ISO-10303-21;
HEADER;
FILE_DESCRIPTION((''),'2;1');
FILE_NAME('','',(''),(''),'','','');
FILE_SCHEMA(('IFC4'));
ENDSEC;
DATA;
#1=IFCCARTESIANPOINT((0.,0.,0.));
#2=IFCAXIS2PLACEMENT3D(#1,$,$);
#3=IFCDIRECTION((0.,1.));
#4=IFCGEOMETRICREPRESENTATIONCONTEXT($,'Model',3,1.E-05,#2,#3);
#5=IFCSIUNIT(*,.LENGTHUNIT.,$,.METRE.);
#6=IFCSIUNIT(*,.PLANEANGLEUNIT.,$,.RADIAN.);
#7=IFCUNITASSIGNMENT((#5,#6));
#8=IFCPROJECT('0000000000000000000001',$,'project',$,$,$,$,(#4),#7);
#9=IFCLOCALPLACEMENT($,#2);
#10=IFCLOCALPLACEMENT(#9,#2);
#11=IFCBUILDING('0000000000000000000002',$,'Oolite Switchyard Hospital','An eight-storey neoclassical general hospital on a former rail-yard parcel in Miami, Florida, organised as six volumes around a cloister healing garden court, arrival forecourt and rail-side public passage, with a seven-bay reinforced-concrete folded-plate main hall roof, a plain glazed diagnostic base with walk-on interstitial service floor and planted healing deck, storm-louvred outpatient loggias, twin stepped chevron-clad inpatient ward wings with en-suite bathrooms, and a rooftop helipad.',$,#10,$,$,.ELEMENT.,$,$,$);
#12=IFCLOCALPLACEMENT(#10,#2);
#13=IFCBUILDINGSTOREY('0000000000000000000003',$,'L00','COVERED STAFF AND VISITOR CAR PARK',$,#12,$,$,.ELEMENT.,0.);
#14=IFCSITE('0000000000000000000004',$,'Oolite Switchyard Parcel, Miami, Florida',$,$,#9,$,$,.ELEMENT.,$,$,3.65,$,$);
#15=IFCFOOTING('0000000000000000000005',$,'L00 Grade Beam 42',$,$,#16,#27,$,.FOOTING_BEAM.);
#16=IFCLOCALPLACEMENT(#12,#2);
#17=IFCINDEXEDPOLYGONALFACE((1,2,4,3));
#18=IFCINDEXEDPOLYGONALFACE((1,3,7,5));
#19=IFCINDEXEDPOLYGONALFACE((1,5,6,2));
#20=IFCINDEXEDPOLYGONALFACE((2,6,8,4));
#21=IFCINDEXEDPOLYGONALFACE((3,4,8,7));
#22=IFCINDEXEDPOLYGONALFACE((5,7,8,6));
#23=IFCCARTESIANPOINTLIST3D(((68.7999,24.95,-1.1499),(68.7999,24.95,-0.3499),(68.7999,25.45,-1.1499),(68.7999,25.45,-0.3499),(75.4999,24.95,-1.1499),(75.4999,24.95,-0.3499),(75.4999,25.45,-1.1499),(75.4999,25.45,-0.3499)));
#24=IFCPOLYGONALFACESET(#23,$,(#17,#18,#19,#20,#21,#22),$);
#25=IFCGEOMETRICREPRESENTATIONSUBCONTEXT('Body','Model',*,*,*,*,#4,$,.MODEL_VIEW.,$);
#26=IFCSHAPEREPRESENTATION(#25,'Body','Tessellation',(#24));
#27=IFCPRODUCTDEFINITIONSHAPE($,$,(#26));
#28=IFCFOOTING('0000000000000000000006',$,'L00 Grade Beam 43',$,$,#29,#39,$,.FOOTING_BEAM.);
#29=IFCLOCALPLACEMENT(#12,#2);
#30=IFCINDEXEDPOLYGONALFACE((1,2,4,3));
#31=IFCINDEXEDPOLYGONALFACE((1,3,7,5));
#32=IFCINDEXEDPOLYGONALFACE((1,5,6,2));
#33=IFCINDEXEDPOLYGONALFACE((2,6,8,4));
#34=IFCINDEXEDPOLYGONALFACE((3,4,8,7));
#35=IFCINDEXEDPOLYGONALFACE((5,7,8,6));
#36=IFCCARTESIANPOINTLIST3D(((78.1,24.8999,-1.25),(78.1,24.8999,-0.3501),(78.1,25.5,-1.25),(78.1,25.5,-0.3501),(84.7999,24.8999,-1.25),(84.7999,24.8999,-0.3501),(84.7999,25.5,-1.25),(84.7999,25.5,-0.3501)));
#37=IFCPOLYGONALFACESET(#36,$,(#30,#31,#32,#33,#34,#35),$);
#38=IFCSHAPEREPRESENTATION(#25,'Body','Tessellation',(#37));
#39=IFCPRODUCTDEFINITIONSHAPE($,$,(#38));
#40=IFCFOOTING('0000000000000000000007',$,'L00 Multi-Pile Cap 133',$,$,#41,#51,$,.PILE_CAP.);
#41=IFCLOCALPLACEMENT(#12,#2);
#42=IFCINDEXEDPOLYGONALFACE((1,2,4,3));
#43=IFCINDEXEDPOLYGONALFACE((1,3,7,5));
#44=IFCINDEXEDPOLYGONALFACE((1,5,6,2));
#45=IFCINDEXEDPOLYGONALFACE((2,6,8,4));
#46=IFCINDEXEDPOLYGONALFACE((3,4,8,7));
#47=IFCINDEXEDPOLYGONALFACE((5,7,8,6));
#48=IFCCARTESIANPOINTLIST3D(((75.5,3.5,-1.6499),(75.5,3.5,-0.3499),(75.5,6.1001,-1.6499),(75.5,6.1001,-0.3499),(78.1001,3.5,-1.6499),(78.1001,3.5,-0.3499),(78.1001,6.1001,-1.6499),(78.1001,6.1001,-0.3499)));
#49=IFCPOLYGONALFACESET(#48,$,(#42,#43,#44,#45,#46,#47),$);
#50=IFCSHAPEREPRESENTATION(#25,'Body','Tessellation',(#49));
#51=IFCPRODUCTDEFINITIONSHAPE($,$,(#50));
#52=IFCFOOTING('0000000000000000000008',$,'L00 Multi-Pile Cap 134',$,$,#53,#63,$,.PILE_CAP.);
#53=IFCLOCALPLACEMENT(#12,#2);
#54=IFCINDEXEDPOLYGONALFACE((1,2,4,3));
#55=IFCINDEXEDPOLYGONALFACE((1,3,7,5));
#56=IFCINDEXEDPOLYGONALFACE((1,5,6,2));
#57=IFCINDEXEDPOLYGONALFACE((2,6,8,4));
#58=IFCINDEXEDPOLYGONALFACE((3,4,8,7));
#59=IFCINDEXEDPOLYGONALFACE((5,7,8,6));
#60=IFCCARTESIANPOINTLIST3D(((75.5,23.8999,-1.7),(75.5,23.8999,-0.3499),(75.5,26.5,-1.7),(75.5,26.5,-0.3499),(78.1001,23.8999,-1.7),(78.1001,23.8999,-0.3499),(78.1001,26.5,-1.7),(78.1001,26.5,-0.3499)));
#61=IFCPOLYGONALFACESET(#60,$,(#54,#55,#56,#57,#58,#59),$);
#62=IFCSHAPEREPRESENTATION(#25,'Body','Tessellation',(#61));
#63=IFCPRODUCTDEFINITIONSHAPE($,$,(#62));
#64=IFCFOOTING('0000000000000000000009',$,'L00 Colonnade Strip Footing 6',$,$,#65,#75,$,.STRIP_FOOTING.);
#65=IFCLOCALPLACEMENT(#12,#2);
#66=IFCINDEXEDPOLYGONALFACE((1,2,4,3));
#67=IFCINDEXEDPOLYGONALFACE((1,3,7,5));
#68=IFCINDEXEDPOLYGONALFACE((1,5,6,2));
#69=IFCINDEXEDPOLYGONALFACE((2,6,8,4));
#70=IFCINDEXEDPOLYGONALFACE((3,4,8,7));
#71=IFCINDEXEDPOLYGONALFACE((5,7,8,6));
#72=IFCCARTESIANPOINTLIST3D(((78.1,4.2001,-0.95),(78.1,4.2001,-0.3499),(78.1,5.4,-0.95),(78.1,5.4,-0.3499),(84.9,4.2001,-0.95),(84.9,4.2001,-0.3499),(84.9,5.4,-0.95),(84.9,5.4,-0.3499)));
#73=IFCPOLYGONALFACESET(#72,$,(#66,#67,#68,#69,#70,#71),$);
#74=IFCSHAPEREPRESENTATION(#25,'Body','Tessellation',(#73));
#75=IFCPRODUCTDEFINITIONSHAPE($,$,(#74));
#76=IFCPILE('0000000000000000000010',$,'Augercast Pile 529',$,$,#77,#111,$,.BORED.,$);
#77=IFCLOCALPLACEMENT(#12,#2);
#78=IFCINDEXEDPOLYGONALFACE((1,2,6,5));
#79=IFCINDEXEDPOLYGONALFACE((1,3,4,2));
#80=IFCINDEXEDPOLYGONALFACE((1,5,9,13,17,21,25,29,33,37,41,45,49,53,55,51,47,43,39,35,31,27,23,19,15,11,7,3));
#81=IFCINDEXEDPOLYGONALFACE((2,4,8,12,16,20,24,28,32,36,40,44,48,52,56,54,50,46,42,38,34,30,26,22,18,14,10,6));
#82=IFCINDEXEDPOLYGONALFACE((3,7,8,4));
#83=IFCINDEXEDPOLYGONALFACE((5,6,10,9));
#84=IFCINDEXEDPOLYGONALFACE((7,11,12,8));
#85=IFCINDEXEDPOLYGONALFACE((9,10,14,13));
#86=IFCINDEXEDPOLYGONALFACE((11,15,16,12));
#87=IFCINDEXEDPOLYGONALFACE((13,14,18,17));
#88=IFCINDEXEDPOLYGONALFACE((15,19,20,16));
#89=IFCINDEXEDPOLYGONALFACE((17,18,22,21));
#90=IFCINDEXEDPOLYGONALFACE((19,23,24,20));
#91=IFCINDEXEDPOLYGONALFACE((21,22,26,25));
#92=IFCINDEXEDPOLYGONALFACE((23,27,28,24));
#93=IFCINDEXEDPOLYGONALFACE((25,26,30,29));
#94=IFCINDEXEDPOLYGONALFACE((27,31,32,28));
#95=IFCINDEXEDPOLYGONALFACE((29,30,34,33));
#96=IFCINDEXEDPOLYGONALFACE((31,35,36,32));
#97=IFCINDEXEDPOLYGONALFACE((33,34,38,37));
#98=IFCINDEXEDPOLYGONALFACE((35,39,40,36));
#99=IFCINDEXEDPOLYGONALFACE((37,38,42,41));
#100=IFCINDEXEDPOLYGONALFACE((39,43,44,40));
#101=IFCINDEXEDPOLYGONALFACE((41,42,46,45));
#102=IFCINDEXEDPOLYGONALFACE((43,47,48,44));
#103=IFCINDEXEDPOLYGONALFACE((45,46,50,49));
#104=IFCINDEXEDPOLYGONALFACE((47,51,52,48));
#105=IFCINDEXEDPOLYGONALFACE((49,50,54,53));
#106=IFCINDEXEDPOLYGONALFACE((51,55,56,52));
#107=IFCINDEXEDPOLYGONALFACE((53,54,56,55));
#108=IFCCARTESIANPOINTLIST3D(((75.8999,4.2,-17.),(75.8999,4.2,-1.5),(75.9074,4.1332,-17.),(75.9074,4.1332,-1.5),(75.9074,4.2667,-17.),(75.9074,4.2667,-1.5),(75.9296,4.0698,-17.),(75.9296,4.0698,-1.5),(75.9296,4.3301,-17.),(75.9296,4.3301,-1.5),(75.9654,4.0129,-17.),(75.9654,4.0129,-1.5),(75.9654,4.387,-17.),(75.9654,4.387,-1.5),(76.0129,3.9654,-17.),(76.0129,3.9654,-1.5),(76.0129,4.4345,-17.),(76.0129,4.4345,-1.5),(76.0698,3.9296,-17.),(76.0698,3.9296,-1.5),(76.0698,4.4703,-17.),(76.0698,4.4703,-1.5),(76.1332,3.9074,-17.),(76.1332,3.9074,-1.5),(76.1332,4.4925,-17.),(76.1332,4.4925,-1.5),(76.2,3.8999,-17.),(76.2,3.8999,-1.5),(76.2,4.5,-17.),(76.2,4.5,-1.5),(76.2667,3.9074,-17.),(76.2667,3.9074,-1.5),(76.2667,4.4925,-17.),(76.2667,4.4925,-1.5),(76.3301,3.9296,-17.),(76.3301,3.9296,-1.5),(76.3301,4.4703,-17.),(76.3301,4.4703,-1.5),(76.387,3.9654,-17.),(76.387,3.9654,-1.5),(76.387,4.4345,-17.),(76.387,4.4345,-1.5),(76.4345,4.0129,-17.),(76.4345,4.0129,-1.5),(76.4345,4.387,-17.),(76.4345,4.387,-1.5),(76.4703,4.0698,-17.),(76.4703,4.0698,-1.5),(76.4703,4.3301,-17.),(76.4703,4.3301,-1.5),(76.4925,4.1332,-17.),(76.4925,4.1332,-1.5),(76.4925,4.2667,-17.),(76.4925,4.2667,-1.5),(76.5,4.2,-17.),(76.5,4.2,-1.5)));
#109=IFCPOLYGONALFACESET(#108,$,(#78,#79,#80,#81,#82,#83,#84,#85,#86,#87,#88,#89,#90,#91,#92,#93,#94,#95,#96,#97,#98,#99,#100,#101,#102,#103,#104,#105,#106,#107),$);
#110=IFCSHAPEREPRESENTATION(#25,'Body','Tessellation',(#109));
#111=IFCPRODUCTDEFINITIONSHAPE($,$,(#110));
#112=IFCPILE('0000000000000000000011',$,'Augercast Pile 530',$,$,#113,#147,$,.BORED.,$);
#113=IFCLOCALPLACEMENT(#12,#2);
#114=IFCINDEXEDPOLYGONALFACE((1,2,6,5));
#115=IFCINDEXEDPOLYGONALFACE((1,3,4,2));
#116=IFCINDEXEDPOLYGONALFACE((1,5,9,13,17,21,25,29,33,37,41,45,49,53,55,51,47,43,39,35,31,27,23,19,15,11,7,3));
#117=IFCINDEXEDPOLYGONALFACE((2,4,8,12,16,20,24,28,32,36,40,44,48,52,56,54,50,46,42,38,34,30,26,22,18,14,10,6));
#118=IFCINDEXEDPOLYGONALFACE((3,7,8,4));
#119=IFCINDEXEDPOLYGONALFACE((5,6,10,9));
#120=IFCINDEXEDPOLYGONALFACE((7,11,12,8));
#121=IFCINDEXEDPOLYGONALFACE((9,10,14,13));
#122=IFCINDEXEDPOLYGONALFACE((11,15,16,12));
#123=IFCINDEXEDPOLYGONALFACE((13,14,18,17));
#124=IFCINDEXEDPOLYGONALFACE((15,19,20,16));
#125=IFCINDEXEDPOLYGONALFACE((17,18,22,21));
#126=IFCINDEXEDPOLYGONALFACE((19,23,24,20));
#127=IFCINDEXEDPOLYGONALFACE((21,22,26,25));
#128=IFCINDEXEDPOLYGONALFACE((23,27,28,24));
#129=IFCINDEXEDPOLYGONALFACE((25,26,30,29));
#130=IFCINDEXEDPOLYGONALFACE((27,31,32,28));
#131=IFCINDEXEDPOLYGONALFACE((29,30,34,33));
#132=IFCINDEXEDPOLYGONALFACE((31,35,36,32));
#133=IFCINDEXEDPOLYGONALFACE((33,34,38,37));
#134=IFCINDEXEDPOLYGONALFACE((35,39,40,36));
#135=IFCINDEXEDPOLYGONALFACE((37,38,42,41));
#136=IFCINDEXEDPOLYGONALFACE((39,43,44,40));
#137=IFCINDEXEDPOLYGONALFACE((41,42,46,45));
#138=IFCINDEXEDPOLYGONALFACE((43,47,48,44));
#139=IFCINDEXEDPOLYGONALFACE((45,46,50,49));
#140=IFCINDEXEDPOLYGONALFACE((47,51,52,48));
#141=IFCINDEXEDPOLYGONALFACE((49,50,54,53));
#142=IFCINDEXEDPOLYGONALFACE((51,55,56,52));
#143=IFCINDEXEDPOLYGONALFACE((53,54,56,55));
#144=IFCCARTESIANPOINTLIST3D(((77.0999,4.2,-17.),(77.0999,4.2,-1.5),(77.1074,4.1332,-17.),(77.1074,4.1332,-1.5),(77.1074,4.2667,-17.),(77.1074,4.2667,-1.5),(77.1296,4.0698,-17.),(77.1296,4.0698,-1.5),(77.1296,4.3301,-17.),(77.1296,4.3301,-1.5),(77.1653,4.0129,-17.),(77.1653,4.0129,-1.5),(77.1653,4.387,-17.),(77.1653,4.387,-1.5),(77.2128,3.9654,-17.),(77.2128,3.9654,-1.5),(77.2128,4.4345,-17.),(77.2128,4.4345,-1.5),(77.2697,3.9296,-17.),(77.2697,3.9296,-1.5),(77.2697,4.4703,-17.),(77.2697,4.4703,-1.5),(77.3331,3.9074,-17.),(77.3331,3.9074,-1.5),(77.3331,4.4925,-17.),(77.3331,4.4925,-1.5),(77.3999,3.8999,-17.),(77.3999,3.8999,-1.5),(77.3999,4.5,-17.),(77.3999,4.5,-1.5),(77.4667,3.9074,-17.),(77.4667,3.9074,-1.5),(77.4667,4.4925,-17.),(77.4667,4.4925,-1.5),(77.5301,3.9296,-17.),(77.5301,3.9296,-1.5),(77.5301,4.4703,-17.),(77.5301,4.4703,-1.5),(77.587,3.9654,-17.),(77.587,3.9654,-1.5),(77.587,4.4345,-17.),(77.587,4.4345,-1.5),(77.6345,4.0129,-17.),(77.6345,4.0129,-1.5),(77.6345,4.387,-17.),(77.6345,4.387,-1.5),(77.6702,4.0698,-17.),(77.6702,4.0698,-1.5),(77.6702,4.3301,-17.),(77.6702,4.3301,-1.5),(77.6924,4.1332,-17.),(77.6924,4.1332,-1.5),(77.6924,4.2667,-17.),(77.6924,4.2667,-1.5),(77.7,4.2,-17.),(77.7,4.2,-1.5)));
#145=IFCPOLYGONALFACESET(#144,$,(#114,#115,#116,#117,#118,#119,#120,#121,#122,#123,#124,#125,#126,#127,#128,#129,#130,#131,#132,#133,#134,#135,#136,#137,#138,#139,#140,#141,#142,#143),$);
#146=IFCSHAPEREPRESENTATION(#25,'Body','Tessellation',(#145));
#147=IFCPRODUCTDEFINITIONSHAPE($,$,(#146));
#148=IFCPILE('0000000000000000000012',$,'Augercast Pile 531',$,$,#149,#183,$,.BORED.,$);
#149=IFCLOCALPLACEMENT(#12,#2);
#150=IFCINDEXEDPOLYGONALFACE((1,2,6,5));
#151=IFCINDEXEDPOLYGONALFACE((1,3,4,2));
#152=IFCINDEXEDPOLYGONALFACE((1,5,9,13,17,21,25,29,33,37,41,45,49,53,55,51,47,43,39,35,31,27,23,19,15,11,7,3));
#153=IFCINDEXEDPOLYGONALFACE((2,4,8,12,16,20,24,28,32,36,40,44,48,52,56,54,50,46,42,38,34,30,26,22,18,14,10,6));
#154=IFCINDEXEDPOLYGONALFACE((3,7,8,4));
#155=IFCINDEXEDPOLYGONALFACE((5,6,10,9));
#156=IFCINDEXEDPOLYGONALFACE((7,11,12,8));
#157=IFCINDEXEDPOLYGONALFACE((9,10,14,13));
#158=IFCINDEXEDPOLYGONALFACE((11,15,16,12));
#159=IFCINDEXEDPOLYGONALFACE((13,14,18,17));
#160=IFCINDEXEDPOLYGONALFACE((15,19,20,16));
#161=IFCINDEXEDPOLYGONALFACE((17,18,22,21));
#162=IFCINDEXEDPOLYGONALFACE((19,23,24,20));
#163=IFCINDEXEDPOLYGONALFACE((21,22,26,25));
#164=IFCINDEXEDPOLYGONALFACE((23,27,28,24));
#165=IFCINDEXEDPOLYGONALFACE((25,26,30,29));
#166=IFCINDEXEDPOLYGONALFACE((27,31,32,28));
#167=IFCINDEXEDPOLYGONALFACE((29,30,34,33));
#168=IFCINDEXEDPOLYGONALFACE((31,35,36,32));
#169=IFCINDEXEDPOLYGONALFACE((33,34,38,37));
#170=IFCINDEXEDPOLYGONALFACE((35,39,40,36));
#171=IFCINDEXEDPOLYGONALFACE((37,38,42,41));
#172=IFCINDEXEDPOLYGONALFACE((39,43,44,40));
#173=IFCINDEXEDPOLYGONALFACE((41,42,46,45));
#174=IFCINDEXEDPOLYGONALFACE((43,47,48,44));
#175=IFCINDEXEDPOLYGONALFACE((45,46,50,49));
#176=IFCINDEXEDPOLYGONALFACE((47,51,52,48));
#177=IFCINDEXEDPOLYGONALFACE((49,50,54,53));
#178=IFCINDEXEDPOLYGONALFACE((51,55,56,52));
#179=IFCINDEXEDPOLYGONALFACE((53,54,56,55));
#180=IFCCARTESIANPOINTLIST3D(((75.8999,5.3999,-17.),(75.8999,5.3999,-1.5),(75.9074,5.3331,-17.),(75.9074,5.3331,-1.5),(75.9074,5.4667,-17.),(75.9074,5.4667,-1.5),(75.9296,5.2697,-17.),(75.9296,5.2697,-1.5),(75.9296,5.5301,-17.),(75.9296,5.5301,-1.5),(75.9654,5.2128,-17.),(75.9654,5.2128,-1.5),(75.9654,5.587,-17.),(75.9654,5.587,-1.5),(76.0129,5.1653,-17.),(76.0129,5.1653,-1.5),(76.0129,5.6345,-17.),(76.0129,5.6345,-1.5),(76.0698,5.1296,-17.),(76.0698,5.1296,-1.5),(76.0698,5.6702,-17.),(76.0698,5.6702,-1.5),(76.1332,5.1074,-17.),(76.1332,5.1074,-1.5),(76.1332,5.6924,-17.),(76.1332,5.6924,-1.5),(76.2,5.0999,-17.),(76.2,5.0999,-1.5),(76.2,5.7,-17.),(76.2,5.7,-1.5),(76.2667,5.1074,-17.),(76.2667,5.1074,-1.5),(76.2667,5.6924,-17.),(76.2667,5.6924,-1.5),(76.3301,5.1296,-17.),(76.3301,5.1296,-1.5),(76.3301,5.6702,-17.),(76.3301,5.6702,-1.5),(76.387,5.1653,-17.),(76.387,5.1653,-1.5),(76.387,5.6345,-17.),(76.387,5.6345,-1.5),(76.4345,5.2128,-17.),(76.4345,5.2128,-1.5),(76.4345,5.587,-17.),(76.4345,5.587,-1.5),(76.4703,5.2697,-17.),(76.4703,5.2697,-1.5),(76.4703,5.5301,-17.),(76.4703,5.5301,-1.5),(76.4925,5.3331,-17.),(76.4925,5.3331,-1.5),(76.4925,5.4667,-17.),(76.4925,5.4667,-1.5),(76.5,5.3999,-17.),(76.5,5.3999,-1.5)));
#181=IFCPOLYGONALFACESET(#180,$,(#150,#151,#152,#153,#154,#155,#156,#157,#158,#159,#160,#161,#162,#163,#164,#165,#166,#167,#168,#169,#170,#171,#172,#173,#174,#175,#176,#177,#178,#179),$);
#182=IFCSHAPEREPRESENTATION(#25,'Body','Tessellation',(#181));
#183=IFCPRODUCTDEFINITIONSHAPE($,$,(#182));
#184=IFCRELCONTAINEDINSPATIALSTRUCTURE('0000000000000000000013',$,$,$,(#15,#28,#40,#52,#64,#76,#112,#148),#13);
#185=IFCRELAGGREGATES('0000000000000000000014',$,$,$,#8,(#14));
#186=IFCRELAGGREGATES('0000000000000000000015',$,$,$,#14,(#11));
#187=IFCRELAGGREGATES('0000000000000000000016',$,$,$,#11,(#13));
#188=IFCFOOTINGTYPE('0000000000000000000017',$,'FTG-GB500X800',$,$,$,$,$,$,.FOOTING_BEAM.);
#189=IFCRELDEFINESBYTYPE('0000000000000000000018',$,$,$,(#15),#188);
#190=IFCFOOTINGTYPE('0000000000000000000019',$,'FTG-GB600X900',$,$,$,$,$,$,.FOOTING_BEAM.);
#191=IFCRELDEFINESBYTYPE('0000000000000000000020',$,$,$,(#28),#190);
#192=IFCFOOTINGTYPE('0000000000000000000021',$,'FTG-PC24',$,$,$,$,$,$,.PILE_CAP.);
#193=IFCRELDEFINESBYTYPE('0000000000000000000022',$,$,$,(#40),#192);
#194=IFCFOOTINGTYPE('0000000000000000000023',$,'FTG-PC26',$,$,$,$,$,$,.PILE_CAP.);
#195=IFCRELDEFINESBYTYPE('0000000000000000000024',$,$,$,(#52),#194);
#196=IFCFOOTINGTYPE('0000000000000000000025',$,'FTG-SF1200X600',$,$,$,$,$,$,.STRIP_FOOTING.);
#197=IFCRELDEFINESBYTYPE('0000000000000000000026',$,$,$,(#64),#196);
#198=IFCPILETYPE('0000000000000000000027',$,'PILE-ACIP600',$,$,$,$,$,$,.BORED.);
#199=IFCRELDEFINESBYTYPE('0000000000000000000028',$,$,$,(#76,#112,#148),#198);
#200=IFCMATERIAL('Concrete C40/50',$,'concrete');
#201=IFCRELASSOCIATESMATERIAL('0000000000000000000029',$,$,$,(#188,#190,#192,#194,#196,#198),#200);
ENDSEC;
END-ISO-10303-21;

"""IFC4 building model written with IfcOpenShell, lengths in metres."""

from ifc_helpers import new_model, si_unit, direction, frame, origin, origin_2d, place, context, subcontext, project, spatial, rectangle, circle, extrude, material, material_profile, profile_set, type_object, element, save


model = new_model("IFC4")

# Units and contexts
model_context = context("Model", 3, precision=1e-05, world=origin(), true_north=direction((0.0, 1.0)))
body_context = subcontext(model_context, "Body", "Model", "MODEL_VIEW")
ifc_project = project(units=[si_unit("LENGTHUNIT", "METRE"), si_unit("PLANEANGLEUNIT", "RADIAN")], contexts=[model_context])

# Site, building, storey
site_placement = place(None, origin())
site = spatial("IfcSite", under=ifc_project, at=site_placement, Name="Oolite Switchyard Parcel, Miami, Florida", CompositionType="ELEMENT", RefElevation=3.65)
building_placement = place(site_placement, origin())
building = spatial("IfcBuilding", under=site, at=building_placement, Name="Oolite Switchyard Hospital", Description="An eight-storey neoclassical general hospital on a former rail-yard parcel in Miami, Florida, organised as six volumes around a cloister healing garden court, arrival forecourt and rail-side public passage, with a seven-bay reinforced-concrete folded-plate main hall roof, a plain glazed diagnostic base with walk-on interstitial service floor and planted healing deck, storm-louvred outpatient loggias, twin stepped chevron-clad inpatient ward wings with en-suite bathrooms, and a rooftop helipad.", CompositionType="ELEMENT")
storey_placement = place(building_placement, origin())
storey = spatial("IfcBuildingStorey", under=building, at=storey_placement, Name="L00", Description="COVERED STAFF AND VISITOR CAR PARK", CompositionType="ELEMENT", Elevation=0.0)

# Footings
ifc_material_1 = material(Name="Concrete C40/50", Category="concrete")
footing_type_1 = type_object("IfcFootingType", Name="FTG-GB500X800", PredefinedType="FOOTING_BEAM", material=ifc_material_1)
footing_1_placement = place(storey_placement, frame((72.1499, 25.2, -1.1499), z_axis=(0.0, 0.0, 1.0), x_axis=(1.0, 0.0, 0.0)))
element("IfcFooting", 1, at=footing_1_placement, inside=storey, type_object=footing_type_1, Name="L00 Grade Beam 42", PredefinedType="FOOTING_BEAM", context=body_context, shape_type="SweptSolid", body=[
    extrude(rectangle(XDim=6.7, YDim=0.5, at=origin_2d()), origin(), (0.0, 0.0, 1.0), 0.8),
])
footing_type_2 = type_object("IfcFootingType", Name="FTG-GB600X900", PredefinedType="FOOTING_BEAM", material=ifc_material_1)
footing_2_placement = place(storey_placement, frame((81.45, 25.2, -1.25), z_axis=(0.0, 0.0, 1.0), x_axis=(1.0, 0.0, 0.0)))
element("IfcFooting", 2, at=footing_2_placement, inside=storey, type_object=footing_type_2, Name="L00 Grade Beam 43", PredefinedType="FOOTING_BEAM", context=body_context, shape_type="SweptSolid", body=[
    extrude(rectangle(XDim=6.7, YDim=0.6001, at=origin_2d()), origin(), (0.0, 0.0, 1.0), 0.8999),
])
footing_type_3 = type_object("IfcFootingType", Name="FTG-PC24", PredefinedType="PILE_CAP", material=ifc_material_1)
footing_3_placement = place(storey_placement, frame((76.8, 4.8, -1.6499), z_axis=(0.0, 0.0, 1.0), x_axis=(1.0, 0.0, 0.0)))
element("IfcFooting", 3, at=footing_3_placement, inside=storey, type_object=footing_type_3, Name="L00 Multi-Pile Cap 133", PredefinedType="PILE_CAP", context=body_context, shape_type="SweptSolid", body=[
    extrude(rectangle(XDim=2.6001, YDim=2.6001, at=origin_2d()), origin(), (0.0, 0.0, 1.0), 1.3),
])
footing_type_4 = type_object("IfcFootingType", Name="FTG-PC26", PredefinedType="PILE_CAP", material=ifc_material_1)
footing_4_placement = place(storey_placement, frame((76.8, 25.2, -1.7), z_axis=(0.0, 0.0, 1.0), x_axis=(1.0, 0.0, 0.0)))
element("IfcFooting", 4, at=footing_4_placement, inside=storey, type_object=footing_type_4, Name="L00 Multi-Pile Cap 134", PredefinedType="PILE_CAP", context=body_context, shape_type="SweptSolid", body=[
    extrude(rectangle(XDim=2.6001, YDim=2.6001, at=origin_2d()), origin(), (0.0, 0.0, 1.0), 1.3501),
])
footing_type_5 = type_object("IfcFootingType", Name="FTG-SF1200X600", PredefinedType="STRIP_FOOTING", material=ifc_material_1)
footing_5_placement = place(storey_placement, frame((81.5, 4.8, -0.95), z_axis=(0.0, 0.0, 1.0), x_axis=(1.0, 0.0, 0.0)))
element("IfcFooting", 5, at=footing_5_placement, inside=storey, type_object=footing_type_5, Name="L00 Colonnade Strip Footing 6", PredefinedType="STRIP_FOOTING", context=body_context, shape_type="SweptSolid", body=[
    extrude(rectangle(XDim=6.8, YDim=1.2, at=origin_2d()), origin(), (0.0, 0.0, 1.0), 0.6001),
])

# Piles
ifc_material_profile_1 = material_profile(ifc_material_1, circle(Radius=0.3, at=origin_2d()), Name="PILE600")
ifc_profile_set_1 = profile_set([ifc_material_profile_1], Name="Concrete C40/50")
pile_type = type_object("IfcPileType", Name="PILE-ACIP600", PredefinedType="BORED", material=ifc_profile_set_1)
for number, where, z_axis, x_axis, name in (
    (6, (76.2, 4.2, -1.5), (0.0, 0.0, -1.0), (1.0, 0.0, 0.0), "Augercast Pile 529"),
    (7, (77.3999, 4.2, -1.5), (0.0, 0.0, -1.0), (1.0, 0.0, 0.0), "Augercast Pile 530"),
    (8, (76.2, 5.3999, -1.5), (0.0, 0.0, -1.0), (1.0, 0.0, 0.0), "Augercast Pile 531"),
):
    element("IfcPile", number, at=place(storey_placement, frame(where, z_axis=z_axis, x_axis=x_axis)), inside=storey, type_object=pile_type, Name=name, PredefinedType="BORED", context=body_context, shape_type="SweptSolid", body=[
        extrude(circle(Radius=0.3, at=origin_2d()), origin(), (0.0, 0.0, 1.0), 15.5),
    ])

save(model, "model.ifc")
